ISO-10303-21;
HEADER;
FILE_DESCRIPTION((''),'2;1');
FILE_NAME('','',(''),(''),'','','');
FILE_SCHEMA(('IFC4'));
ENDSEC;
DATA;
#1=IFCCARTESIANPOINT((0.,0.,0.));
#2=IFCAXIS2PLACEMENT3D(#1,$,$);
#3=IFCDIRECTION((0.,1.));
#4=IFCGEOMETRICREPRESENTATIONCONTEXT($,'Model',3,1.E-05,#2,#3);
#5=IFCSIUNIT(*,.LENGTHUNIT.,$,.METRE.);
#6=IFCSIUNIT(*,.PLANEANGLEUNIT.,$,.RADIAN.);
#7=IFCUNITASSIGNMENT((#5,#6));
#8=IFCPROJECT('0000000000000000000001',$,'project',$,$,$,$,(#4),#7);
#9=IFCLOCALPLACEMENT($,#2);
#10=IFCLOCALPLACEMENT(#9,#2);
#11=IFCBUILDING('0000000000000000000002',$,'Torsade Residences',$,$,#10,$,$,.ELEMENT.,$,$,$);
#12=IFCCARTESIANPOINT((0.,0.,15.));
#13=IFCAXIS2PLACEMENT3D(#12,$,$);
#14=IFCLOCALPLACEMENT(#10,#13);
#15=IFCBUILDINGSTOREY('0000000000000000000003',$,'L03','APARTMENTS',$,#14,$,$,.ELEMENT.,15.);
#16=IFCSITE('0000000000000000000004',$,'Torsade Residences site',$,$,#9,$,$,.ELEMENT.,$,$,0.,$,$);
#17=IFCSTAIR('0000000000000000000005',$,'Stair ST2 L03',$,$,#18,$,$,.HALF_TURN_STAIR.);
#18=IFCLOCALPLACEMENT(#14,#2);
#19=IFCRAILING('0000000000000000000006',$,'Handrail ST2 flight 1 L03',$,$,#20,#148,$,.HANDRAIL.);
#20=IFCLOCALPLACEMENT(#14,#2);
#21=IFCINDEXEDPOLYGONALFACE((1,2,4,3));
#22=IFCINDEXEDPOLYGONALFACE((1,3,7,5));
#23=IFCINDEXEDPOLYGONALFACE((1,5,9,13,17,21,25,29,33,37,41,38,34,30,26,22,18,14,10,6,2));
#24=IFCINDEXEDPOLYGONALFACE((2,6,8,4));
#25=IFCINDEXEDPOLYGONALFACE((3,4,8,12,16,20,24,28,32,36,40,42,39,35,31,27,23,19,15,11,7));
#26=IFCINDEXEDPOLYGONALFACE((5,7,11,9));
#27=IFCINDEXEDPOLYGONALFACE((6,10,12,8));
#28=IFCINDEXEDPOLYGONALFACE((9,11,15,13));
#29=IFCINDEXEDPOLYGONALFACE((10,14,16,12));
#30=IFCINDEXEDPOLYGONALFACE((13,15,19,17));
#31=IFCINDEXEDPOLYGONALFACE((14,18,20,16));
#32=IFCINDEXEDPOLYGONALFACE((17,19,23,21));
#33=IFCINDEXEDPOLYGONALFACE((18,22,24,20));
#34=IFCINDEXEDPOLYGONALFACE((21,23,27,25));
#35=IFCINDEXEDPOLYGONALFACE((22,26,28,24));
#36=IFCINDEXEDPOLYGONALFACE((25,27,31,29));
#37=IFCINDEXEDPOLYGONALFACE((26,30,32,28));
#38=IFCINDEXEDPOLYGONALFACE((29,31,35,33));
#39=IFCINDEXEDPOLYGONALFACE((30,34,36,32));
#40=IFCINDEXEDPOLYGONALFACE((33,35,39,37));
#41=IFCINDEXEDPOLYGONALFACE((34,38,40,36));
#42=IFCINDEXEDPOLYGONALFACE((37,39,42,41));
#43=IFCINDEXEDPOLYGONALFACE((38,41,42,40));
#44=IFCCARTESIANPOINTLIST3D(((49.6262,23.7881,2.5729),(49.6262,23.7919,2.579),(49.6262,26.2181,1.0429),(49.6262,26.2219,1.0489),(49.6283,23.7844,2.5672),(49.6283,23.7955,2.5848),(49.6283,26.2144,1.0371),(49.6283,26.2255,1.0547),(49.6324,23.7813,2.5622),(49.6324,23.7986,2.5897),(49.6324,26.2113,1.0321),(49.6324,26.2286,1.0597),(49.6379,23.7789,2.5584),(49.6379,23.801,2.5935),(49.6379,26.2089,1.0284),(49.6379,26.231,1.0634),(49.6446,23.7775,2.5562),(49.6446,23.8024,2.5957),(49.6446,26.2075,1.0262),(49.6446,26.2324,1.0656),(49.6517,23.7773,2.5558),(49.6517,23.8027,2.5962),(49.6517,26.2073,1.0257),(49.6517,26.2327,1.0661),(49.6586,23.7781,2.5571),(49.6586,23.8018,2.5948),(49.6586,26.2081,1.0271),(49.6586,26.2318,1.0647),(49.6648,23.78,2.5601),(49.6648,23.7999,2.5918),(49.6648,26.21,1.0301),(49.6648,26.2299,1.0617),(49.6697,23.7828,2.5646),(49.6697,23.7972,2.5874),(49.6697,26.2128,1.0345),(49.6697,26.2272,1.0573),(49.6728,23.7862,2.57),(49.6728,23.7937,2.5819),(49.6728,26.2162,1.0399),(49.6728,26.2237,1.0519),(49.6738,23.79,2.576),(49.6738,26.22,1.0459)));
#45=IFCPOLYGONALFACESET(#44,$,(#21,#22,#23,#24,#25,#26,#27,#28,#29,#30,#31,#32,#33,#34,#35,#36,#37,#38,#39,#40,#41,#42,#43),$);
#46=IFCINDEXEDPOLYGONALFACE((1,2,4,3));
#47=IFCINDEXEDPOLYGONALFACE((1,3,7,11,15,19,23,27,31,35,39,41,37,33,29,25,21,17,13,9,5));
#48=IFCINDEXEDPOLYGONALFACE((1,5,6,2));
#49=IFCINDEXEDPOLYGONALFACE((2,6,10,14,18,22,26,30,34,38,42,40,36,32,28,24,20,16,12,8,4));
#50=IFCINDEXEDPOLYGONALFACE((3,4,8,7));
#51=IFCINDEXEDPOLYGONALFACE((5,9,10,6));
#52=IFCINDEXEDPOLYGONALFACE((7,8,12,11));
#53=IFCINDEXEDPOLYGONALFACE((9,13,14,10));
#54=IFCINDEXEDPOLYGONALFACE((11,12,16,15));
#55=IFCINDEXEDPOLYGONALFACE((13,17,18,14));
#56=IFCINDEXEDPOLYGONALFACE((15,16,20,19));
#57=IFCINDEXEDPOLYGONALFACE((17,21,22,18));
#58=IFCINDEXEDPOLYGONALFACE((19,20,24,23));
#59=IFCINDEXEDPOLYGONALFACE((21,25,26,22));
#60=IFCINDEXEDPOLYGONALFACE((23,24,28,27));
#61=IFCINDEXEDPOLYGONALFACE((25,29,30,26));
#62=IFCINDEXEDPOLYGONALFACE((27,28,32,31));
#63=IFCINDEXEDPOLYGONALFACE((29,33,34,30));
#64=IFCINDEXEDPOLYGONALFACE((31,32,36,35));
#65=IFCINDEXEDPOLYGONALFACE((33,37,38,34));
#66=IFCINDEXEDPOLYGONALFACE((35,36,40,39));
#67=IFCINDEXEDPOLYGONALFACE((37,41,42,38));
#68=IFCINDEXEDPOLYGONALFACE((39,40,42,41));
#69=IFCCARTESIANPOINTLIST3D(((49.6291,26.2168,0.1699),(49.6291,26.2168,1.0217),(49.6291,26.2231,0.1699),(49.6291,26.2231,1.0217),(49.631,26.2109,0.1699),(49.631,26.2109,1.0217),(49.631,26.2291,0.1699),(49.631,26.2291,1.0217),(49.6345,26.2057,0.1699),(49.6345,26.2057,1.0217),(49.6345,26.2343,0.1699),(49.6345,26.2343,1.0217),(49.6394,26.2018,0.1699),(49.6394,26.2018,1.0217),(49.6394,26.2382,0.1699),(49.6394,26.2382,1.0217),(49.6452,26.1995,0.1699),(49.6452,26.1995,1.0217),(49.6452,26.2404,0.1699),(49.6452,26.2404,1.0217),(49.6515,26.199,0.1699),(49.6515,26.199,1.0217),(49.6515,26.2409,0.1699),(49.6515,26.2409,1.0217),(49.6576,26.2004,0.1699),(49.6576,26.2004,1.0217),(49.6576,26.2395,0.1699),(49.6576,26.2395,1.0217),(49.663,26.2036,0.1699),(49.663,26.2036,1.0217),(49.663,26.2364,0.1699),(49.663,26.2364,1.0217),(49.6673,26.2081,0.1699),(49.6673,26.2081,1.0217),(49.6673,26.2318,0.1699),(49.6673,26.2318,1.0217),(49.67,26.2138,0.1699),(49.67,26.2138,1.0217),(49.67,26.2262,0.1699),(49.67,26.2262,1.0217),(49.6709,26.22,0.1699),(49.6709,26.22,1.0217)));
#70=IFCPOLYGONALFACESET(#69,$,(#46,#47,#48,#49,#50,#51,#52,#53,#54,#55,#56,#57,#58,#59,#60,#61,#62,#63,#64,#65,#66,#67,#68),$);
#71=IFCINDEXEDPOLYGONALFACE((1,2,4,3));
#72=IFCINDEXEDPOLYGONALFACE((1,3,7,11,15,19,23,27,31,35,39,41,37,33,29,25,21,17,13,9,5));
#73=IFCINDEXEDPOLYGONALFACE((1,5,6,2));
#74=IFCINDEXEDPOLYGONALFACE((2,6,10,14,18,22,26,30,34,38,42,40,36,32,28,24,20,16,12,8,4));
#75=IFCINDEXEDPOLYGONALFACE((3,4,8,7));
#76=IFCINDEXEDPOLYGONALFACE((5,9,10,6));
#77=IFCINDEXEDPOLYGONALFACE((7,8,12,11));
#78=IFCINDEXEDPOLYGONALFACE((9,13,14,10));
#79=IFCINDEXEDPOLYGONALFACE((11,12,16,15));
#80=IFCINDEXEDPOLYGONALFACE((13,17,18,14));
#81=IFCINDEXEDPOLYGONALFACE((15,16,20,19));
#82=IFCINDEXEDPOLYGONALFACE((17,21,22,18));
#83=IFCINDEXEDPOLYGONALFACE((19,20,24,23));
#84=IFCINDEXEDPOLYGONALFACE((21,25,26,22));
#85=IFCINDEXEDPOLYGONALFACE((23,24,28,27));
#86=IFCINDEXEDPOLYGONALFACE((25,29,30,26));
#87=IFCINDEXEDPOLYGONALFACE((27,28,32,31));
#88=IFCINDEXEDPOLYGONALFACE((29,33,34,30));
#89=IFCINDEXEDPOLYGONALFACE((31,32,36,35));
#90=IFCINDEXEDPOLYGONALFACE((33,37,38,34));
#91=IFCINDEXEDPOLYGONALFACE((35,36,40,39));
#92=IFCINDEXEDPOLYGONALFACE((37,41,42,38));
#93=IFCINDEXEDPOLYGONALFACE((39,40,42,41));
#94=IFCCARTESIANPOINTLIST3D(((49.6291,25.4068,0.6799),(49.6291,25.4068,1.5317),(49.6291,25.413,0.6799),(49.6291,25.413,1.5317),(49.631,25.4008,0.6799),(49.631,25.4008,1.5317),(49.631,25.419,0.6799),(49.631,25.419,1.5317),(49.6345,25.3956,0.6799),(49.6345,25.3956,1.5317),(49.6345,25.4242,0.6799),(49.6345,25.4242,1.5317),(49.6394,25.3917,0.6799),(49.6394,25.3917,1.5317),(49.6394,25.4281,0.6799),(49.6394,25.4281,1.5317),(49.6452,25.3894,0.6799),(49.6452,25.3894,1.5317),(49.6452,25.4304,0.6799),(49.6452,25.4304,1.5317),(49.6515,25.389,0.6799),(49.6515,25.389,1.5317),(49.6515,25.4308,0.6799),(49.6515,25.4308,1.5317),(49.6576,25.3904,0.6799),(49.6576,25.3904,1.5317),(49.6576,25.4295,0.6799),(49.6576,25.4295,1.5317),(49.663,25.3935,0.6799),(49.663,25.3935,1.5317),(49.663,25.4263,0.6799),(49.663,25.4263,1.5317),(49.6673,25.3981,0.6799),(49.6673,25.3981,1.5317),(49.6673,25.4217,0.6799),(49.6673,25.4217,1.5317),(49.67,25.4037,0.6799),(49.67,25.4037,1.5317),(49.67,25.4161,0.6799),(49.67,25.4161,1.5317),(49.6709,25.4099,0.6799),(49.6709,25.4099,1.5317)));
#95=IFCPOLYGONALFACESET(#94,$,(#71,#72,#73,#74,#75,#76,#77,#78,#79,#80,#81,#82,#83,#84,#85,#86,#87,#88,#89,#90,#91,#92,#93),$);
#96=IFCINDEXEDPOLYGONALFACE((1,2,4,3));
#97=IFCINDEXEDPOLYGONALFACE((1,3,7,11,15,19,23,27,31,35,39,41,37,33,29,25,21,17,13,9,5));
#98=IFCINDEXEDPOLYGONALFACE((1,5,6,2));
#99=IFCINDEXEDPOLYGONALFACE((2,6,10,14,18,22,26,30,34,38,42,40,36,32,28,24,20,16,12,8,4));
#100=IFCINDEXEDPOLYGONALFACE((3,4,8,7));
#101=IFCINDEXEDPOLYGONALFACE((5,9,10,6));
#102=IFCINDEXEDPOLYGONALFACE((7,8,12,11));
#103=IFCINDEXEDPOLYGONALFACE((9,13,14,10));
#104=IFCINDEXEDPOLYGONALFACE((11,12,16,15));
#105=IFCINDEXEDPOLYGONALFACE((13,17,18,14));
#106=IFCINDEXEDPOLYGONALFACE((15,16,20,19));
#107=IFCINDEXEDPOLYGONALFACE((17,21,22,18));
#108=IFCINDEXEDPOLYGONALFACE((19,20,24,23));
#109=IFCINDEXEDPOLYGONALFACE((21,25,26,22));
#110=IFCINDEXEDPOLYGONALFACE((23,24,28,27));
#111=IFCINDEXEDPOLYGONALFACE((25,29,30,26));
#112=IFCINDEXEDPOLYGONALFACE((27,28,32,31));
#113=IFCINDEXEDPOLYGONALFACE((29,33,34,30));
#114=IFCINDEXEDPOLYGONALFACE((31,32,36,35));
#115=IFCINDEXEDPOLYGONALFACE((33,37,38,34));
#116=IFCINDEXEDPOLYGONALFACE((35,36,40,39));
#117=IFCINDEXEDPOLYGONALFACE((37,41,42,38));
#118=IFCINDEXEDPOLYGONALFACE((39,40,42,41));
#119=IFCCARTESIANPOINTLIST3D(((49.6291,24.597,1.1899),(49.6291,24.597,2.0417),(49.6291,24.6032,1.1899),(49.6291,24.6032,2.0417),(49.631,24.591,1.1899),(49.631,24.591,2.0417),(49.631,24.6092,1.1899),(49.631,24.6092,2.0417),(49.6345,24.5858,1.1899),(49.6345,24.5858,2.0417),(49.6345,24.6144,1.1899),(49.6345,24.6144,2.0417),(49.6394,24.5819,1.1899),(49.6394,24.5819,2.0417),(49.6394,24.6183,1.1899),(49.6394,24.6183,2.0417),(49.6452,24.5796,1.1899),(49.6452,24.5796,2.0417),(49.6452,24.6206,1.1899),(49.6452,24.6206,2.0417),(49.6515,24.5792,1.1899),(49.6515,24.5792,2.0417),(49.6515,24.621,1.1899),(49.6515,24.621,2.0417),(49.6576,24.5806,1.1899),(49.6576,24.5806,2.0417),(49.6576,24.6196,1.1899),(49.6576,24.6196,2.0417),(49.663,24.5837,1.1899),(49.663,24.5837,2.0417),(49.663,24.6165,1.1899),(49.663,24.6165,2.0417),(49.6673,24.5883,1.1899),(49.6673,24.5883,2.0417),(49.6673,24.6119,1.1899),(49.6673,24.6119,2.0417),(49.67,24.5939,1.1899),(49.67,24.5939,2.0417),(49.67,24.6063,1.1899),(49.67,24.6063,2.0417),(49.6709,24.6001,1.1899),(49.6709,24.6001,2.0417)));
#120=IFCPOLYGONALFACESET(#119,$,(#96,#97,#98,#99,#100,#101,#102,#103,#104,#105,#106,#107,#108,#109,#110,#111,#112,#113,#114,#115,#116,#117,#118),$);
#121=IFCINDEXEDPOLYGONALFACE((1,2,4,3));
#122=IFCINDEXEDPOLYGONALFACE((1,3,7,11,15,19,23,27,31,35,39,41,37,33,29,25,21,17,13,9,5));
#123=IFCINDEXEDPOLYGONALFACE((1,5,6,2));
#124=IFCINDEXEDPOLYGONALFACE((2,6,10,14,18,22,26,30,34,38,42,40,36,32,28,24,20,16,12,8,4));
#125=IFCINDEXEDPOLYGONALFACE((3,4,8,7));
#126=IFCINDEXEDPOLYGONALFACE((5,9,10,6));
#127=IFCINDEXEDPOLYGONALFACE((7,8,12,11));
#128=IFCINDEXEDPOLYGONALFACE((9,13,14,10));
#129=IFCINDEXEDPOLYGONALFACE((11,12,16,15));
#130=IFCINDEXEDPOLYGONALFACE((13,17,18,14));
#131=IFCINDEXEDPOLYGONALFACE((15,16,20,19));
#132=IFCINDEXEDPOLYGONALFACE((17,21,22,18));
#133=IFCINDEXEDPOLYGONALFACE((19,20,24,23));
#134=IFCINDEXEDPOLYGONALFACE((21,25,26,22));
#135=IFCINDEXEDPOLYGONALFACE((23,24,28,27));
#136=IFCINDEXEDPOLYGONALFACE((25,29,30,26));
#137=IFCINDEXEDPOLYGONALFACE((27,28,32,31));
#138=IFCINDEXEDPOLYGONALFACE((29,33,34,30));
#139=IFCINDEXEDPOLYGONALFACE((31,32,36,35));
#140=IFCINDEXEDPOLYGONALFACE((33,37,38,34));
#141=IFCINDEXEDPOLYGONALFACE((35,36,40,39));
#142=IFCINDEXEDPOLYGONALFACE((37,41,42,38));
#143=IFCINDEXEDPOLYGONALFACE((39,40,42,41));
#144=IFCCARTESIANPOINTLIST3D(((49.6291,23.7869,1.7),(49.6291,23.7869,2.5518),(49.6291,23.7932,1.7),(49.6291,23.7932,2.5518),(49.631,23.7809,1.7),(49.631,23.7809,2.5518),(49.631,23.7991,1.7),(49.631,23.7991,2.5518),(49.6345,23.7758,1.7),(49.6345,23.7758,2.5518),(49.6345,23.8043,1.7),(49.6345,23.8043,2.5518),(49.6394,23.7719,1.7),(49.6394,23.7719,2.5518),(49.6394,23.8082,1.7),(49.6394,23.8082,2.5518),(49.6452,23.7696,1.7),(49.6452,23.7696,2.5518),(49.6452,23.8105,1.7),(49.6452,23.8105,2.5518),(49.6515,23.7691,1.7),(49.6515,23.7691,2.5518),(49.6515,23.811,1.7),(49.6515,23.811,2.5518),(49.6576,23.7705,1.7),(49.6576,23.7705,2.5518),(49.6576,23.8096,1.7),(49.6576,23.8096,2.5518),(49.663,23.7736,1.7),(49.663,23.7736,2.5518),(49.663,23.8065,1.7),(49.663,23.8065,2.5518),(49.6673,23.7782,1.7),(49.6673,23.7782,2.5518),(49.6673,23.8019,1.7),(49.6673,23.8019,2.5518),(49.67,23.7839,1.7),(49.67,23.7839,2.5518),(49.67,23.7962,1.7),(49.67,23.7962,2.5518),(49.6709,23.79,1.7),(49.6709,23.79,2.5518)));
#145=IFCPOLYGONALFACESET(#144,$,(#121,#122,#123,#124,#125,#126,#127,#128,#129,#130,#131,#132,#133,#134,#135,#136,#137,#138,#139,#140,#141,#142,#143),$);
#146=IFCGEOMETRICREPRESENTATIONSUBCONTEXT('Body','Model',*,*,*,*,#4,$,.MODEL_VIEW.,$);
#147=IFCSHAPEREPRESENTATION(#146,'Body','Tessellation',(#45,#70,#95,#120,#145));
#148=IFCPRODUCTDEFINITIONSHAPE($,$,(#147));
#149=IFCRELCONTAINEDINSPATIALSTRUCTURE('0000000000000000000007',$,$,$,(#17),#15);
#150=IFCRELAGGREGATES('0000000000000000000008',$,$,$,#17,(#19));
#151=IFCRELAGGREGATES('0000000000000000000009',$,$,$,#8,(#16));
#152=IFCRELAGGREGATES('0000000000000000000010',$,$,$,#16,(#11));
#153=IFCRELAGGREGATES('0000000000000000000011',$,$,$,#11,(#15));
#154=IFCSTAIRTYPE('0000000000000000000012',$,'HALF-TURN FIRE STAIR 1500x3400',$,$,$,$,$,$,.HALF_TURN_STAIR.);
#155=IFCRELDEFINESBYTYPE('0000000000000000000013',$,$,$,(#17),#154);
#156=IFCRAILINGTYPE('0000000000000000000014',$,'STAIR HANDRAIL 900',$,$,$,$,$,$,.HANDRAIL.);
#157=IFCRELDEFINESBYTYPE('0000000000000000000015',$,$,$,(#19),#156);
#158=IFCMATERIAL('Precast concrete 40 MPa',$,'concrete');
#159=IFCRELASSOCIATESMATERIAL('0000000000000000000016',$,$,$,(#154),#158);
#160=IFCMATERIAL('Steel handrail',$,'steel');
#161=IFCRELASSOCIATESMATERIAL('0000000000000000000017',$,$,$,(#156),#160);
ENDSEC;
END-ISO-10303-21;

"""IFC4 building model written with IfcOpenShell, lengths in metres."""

from ifc_helpers import new_model, si_unit, direction, frame, origin, origin_2d, place, context, subcontext, project, spatial, circle, extrude, material, type_object, element, aggregate, save


model = new_model("IFC4")

# Units and contexts
model_context = context("Model", 3, precision=1e-05, world=origin(), true_north=direction((0.0, 1.0)))
body_context = subcontext(model_context, "Body", "Model", "MODEL_VIEW")
ifc_project = project(units=[si_unit("LENGTHUNIT", "METRE"), si_unit("PLANEANGLEUNIT", "RADIAN")], contexts=[model_context])

# Site, building, storey
site_placement = place(None, origin())
site = spatial("IfcSite", under=ifc_project, at=site_placement, Name="Torsade Residences site", CompositionType="ELEMENT", RefElevation=0.0)
building_placement = place(site_placement, origin())
building = spatial("IfcBuilding", under=site, at=building_placement, Name="Torsade Residences", CompositionType="ELEMENT")
storey_placement = place(building_placement, frame((0.0, 0.0, 15.0)))
storey = spatial("IfcBuildingStorey", under=building, at=storey_placement, Name="L03", Description="APARTMENTS", CompositionType="ELEMENT", Elevation=15.0)

# Stair, railing
ifc_material_1 = material(Name="Precast concrete 40 MPa", Category="concrete")
stair_type = type_object("IfcStairType", Name="HALF-TURN FIRE STAIR 1500x3400", PredefinedType="HALF_TURN_STAIR", material=ifc_material_1)
stair_placement = place(storey_placement, origin())
stair = element("IfcStair", 1, at=stair_placement, inside=storey, type_object=stair_type, Name="Stair ST2 L03", PredefinedType="HALF_TURN_STAIR")
ifc_material_2 = material(Name="Steel handrail", Category="steel")
railing_type = type_object("IfcRailingType", Name="STAIR HANDRAIL 900", PredefinedType="HANDRAIL", material=ifc_material_2)
railing_1_placement = place(storey_placement, frame((49.6499, 26.22, 0.1699)))
railing_1 = element("IfcRailing", 2, at=railing_1_placement, type_object=railing_type, Name="Handrail ST2 flight 1 L03", PredefinedType="HANDRAIL", context=body_context, shape_type="SweptSolid", body=[
    extrude(circle(Radius=0.0239, at=origin_2d()), frame((0.0, 0.0, 0.876), z_axis=(0.0, -0.846221, 0.532831), x_axis=(1.0, 0.0, 0.0)), (0.0, 0.0, 1.0), 2.8716),
    extrude(circle(Radius=0.021, at=origin_2d()), origin(), (0.0, 0.0, 1.0), 0.8518),
    extrude(circle(Radius=0.021, at=origin_2d()), frame((0.0, -0.8101, 0.51)), (0.0, 0.0, 1.0), 0.8518),
    extrude(circle(Radius=0.021, at=origin_2d()), frame((0.0, -1.6199, 1.02)), (0.0, 0.0, 1.0), 0.8518),
    extrude(circle(Radius=0.021, at=origin_2d()), frame((0.0, -2.4299, 1.53)), (0.0, 0.0, 1.0), 0.8518),
])
aggregate(stair, [railing_1])

save(model, "model.ifc")
